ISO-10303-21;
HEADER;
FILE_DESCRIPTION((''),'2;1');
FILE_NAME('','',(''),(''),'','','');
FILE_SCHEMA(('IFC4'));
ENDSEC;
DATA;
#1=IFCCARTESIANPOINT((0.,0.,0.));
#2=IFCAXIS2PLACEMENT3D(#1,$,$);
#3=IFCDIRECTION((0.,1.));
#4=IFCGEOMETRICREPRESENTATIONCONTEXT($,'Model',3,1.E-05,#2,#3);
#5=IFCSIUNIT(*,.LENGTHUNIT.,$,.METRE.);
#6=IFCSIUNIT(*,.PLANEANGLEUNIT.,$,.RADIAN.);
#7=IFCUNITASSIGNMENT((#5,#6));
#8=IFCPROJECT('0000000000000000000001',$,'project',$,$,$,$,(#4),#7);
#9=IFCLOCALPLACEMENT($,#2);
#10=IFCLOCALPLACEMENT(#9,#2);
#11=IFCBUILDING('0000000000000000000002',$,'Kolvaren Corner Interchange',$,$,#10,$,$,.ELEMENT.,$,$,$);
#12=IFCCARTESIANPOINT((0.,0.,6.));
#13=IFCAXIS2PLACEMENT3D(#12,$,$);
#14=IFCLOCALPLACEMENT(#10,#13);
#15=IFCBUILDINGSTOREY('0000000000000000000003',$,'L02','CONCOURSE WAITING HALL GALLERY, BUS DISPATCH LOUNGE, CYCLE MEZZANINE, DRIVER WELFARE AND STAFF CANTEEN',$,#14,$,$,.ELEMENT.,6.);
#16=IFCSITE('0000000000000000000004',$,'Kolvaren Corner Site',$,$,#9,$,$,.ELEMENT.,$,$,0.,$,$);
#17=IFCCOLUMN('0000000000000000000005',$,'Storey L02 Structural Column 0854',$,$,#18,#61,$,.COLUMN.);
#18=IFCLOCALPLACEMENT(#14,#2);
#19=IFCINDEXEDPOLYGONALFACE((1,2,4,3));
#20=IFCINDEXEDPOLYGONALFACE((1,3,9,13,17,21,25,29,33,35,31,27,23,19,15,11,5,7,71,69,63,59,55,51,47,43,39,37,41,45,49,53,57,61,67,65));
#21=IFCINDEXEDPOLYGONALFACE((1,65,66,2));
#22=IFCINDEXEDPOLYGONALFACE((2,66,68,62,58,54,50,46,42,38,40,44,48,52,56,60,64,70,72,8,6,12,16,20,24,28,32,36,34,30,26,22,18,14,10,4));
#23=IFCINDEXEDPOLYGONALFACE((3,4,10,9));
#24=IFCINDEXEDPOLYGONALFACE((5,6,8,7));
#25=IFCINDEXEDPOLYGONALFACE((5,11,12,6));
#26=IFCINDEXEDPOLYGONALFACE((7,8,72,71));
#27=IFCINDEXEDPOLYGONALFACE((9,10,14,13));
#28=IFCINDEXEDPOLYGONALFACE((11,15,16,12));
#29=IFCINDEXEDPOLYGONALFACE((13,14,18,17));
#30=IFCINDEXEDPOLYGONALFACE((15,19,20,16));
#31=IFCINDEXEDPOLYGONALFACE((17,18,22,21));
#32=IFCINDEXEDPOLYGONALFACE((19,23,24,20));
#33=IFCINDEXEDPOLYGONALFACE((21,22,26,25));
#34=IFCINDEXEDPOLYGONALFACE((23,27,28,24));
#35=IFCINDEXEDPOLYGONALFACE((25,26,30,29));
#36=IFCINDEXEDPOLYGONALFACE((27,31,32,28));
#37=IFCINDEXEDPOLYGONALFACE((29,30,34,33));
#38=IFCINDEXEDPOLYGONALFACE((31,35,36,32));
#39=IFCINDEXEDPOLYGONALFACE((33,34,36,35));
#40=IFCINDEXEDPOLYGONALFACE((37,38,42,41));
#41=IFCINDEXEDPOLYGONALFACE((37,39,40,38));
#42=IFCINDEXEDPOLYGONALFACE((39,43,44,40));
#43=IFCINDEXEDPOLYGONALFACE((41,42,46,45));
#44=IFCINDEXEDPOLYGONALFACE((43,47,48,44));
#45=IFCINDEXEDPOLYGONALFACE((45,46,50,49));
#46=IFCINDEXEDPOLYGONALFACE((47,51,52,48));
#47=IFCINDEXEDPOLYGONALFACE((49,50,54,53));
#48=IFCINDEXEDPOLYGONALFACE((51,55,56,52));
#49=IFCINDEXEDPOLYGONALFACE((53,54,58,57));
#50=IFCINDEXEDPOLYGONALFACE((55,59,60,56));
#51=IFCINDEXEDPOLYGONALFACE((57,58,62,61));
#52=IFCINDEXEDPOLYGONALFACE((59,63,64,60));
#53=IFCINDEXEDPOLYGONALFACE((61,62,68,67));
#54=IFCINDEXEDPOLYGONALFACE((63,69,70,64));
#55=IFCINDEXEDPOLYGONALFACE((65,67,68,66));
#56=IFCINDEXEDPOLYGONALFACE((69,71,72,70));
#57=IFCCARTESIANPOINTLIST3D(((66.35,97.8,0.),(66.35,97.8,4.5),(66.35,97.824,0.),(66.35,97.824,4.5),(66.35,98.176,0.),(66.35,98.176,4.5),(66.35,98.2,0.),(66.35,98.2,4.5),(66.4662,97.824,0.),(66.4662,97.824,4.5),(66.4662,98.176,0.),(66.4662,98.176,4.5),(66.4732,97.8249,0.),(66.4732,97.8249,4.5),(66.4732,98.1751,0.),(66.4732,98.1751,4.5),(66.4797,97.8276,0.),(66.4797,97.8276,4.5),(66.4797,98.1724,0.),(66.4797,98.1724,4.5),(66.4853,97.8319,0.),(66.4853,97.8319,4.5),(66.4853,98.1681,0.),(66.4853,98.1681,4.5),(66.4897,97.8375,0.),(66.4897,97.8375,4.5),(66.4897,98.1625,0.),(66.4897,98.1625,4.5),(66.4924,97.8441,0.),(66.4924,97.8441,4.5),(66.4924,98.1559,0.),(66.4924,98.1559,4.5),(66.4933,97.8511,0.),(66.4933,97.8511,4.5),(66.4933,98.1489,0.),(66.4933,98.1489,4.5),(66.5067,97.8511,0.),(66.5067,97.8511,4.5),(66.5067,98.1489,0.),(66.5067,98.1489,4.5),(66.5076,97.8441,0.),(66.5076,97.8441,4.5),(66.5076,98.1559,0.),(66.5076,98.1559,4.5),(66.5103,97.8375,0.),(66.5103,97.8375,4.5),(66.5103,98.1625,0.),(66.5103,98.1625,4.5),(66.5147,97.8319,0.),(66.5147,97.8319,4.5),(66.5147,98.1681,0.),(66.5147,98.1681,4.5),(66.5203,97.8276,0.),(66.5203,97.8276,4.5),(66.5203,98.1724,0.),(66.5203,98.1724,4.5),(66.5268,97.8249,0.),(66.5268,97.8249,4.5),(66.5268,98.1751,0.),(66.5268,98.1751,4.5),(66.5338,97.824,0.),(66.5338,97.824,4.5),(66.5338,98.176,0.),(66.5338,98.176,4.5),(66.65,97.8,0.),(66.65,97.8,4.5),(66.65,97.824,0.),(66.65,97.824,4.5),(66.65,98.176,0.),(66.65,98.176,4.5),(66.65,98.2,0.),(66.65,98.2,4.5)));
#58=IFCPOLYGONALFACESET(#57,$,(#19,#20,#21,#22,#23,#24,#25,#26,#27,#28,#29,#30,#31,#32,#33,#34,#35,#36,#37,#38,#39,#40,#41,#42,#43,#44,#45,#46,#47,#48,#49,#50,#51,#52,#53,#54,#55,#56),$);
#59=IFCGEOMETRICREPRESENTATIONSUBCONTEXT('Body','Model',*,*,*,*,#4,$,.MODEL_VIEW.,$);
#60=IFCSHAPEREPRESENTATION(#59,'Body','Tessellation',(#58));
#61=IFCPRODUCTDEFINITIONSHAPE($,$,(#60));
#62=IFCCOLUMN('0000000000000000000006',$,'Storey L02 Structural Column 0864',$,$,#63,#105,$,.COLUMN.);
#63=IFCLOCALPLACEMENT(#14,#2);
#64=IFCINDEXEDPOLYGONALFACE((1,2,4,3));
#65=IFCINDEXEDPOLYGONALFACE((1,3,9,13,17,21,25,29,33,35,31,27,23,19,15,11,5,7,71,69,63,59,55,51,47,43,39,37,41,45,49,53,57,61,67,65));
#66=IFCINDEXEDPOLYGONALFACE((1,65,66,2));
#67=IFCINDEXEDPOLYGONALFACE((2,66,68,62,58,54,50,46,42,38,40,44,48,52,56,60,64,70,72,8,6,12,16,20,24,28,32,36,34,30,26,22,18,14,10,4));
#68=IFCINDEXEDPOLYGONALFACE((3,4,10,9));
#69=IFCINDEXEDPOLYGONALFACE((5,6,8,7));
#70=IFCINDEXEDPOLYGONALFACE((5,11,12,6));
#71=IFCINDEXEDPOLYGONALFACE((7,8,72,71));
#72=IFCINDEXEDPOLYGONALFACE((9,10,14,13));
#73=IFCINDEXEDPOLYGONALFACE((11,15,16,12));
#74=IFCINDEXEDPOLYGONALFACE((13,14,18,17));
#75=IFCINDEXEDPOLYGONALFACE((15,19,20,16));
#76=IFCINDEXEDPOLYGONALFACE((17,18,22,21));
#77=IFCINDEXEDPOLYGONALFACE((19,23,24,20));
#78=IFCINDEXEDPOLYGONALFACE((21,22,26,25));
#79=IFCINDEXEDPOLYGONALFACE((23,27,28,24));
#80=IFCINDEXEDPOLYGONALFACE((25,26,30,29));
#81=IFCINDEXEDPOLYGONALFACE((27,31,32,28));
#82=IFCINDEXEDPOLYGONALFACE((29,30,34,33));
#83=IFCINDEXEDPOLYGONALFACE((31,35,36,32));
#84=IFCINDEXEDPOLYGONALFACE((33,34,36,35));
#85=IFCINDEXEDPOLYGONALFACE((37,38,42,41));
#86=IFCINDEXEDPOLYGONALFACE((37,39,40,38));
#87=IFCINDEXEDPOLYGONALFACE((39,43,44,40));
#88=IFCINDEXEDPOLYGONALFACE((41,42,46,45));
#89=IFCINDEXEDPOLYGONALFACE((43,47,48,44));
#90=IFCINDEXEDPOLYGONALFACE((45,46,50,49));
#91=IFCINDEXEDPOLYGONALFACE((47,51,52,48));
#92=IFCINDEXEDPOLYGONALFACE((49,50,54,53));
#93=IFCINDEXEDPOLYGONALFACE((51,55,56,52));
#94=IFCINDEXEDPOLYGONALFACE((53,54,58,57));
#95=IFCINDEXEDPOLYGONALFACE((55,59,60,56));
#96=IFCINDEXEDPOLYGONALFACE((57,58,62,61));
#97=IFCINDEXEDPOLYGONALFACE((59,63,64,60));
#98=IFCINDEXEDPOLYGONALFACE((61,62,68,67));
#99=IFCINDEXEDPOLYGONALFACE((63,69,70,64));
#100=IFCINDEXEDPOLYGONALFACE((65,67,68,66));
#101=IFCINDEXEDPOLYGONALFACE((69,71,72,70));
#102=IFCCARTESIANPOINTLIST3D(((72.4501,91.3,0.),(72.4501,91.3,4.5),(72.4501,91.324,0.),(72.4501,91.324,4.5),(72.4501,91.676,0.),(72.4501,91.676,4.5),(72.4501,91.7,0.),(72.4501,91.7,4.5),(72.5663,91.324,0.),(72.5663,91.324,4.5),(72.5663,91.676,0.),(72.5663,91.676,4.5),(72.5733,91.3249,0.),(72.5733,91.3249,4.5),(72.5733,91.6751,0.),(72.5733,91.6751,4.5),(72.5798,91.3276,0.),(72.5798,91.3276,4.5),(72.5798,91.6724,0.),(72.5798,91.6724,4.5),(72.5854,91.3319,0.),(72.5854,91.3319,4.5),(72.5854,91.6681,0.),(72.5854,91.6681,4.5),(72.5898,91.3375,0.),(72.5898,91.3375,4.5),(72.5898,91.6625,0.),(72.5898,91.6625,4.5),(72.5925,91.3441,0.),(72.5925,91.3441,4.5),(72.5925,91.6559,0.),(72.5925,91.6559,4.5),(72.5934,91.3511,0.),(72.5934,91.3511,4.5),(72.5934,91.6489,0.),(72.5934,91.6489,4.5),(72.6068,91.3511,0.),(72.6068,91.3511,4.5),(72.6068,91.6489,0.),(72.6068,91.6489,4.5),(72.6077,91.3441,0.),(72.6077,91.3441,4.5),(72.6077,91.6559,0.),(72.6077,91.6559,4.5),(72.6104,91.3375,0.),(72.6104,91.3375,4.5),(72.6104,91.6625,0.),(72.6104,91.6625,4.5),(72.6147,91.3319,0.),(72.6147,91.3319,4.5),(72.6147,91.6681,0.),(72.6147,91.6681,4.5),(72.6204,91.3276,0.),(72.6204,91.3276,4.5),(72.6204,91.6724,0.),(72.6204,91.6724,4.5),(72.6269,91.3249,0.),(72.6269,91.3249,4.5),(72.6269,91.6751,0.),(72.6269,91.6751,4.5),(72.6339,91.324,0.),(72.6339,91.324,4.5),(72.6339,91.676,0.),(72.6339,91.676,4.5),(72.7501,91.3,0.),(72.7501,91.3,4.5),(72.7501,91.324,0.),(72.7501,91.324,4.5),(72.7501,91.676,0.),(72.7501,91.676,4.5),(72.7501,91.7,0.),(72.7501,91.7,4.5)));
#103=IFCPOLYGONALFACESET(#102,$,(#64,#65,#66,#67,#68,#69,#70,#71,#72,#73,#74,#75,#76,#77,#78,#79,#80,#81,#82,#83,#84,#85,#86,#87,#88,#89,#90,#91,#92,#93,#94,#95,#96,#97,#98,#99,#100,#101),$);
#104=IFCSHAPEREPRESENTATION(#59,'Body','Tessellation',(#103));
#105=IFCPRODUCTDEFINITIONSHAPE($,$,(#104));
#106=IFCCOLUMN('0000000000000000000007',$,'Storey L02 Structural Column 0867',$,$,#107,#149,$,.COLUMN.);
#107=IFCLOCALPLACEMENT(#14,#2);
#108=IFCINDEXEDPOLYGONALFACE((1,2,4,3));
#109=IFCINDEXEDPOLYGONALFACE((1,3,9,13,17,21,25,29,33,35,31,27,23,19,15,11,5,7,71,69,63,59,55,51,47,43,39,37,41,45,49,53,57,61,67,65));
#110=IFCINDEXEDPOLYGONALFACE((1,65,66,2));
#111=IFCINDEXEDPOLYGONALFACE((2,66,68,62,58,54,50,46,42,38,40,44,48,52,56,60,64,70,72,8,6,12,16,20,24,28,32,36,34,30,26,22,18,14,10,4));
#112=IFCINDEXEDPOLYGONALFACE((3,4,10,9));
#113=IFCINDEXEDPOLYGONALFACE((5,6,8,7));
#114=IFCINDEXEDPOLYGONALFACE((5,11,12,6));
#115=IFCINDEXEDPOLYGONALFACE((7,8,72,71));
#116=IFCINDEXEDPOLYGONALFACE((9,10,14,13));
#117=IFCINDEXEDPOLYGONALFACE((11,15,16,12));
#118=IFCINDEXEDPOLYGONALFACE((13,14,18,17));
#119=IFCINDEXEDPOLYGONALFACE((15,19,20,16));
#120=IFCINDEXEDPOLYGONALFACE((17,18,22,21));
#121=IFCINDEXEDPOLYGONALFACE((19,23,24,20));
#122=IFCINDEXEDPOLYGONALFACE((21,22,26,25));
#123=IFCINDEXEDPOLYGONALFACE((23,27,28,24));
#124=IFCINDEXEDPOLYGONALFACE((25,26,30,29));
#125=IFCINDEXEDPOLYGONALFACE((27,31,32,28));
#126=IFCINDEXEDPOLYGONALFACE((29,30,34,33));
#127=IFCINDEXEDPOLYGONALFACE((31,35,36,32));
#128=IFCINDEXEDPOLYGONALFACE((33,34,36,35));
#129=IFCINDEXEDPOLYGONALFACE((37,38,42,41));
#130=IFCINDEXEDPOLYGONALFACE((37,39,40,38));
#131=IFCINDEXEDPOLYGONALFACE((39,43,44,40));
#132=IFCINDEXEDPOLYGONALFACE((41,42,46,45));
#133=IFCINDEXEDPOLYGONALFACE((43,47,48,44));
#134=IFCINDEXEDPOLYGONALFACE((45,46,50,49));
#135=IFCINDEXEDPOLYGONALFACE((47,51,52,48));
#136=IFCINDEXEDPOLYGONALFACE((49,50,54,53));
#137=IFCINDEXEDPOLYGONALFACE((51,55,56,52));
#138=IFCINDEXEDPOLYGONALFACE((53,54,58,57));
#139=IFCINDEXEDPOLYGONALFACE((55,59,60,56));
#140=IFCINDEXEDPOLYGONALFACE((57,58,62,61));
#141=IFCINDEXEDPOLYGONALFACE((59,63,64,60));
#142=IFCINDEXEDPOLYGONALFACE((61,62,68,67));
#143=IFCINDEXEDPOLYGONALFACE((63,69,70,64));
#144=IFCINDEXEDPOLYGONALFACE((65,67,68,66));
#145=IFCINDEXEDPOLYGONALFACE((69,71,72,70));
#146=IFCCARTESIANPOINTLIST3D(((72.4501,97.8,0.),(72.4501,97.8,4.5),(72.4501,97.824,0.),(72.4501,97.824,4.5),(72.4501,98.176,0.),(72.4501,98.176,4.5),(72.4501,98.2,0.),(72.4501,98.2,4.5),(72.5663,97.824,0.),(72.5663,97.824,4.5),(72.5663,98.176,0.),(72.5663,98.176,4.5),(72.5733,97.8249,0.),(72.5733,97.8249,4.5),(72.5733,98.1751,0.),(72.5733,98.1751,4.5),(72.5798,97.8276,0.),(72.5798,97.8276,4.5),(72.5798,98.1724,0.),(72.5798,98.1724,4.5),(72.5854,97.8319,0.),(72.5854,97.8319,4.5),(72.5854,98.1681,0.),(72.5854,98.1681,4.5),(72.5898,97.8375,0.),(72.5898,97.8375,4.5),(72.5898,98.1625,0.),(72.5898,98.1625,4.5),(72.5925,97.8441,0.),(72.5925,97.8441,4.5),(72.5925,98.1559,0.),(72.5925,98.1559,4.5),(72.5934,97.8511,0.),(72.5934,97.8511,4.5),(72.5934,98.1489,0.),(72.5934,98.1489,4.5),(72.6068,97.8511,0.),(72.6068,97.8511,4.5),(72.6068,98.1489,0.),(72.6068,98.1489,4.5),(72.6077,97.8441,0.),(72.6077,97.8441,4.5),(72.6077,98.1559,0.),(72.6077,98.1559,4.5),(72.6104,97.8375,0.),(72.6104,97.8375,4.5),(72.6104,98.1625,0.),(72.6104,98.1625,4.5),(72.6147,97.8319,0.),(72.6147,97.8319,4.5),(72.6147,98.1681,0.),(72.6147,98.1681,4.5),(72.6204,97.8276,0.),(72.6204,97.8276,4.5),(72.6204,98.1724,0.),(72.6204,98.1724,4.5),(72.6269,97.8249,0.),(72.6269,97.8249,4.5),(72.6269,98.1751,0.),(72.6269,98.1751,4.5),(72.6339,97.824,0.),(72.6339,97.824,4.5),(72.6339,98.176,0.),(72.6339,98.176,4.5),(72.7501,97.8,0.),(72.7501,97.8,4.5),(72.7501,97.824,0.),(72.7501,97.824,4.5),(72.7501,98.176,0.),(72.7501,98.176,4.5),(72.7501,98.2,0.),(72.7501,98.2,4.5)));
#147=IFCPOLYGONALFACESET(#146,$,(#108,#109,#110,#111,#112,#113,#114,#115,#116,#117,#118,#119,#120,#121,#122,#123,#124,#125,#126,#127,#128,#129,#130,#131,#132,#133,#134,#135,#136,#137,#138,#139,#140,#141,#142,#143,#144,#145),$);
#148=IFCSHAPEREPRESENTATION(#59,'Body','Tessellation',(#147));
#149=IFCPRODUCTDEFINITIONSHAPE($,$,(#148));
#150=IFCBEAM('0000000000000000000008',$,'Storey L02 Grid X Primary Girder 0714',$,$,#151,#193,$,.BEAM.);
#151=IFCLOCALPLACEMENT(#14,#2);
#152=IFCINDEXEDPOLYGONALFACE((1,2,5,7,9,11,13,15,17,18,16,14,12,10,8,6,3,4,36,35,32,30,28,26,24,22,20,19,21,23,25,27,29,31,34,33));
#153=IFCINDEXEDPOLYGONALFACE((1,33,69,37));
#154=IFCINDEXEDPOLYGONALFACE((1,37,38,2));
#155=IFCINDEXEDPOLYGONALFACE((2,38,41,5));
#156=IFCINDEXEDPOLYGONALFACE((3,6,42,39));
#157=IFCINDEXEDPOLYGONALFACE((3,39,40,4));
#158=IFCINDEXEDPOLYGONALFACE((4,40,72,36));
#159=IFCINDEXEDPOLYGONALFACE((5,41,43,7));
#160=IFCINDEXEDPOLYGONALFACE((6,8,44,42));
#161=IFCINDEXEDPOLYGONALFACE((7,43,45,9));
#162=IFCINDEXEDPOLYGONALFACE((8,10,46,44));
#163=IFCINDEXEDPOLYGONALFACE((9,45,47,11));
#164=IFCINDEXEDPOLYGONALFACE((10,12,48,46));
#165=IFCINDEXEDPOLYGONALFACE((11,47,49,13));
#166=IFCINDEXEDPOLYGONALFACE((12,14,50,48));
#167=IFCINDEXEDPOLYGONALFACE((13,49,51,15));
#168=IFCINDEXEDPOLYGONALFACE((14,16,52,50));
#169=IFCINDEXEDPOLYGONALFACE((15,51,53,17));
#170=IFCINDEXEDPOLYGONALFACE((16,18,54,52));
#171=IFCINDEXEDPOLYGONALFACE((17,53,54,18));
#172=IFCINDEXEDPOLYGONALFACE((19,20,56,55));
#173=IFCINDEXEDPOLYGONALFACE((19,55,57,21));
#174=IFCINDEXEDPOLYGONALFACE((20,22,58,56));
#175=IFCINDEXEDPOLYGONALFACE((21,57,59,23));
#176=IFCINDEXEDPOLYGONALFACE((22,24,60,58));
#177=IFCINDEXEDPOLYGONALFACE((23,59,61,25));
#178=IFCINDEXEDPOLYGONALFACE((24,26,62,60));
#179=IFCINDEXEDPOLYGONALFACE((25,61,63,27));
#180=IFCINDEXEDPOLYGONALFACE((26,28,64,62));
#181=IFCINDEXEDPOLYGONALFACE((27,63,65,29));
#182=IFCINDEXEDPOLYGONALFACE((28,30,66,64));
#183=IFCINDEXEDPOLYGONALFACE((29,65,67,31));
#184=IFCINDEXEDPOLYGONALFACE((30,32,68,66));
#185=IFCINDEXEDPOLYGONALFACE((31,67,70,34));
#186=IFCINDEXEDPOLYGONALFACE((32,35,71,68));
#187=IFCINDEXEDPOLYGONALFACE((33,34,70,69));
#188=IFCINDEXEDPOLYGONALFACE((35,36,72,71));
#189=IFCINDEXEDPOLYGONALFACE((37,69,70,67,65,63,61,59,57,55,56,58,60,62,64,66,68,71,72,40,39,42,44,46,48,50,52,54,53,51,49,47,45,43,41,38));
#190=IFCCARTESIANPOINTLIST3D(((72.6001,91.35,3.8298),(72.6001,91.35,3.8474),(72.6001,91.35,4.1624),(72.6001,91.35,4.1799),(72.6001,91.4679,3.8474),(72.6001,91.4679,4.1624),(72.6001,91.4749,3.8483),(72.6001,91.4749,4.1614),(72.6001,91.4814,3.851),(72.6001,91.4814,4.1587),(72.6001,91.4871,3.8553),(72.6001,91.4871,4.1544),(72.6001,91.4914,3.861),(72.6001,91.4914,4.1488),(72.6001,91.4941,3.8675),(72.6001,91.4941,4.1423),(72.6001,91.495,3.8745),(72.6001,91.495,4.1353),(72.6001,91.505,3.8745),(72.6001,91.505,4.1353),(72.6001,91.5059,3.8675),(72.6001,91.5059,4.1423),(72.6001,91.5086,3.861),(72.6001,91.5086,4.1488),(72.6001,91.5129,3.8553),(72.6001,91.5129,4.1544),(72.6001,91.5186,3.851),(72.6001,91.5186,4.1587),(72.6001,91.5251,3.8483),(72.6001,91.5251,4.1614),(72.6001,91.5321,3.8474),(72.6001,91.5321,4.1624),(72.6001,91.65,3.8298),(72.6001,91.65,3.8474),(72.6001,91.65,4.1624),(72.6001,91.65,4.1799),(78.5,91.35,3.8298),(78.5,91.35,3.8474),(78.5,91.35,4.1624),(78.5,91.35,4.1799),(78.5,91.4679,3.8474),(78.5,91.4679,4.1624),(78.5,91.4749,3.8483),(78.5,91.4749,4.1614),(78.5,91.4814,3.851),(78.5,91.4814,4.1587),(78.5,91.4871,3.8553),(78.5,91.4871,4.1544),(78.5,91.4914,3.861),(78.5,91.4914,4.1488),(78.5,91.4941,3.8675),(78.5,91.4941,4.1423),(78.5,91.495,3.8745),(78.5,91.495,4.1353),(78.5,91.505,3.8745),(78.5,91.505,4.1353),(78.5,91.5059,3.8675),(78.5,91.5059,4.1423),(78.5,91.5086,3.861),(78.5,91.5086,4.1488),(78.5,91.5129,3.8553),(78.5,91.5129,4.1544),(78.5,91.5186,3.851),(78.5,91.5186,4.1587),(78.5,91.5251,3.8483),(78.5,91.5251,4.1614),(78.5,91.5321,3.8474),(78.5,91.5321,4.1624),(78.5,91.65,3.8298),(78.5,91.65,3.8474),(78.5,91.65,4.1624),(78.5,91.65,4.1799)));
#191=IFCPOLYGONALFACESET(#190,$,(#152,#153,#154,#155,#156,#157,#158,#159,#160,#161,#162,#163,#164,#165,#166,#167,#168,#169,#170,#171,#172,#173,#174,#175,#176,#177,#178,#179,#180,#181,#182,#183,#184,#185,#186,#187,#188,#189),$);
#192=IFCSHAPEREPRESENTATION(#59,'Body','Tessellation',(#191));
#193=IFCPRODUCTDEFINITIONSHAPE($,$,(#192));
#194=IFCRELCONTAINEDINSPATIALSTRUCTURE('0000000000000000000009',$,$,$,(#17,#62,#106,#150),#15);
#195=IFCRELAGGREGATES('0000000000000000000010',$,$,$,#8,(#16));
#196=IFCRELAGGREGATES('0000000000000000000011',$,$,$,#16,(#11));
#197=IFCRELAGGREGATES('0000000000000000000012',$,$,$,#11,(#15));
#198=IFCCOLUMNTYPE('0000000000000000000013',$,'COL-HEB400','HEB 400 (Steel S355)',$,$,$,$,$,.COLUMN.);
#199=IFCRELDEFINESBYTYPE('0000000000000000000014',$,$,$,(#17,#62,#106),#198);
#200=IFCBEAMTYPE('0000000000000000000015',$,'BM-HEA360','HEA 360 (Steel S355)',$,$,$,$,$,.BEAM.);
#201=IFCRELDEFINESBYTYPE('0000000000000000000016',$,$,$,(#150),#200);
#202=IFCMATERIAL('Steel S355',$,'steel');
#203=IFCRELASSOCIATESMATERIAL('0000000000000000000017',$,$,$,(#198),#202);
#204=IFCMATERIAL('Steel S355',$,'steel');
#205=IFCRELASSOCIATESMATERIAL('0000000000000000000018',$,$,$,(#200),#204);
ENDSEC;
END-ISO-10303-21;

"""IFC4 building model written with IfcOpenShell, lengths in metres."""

from ifc_helpers import new_model, si_unit, direction, frame, origin, origin_2d, place, context, subcontext, project, spatial, i_section, extrude, material, material_profile, profile_set, type_object, element, save


model = new_model("IFC4")

# Units and contexts
model_context = context("Model", 3, precision=1e-05, world=origin(), true_north=direction((0.0, 1.0)))
body_context = subcontext(model_context, "Body", "Model", "MODEL_VIEW")
ifc_project = project(units=[si_unit("LENGTHUNIT", "METRE"), si_unit("PLANEANGLEUNIT", "RADIAN")], contexts=[model_context])

# Site, building, storey
site_placement = place(None, origin())
site = spatial("IfcSite", under=ifc_project, at=site_placement, Name="Kolvaren Corner Site", CompositionType="ELEMENT", RefElevation=0.0)
building_placement = place(site_placement, origin())
building = spatial("IfcBuilding", under=site, at=building_placement, Name="Kolvaren Corner Interchange", CompositionType="ELEMENT")
storey_placement = place(building_placement, frame((0.0, 0.0, 6.0)))
storey = spatial("IfcBuildingStorey", under=building, at=storey_placement, Name="L02", Description="CONCOURSE WAITING HALL GALLERY, BUS DISPATCH LOUNGE, CYCLE MEZZANINE, DRIVER WELFARE AND STAFF CANTEEN", CompositionType="ELEMENT", Elevation=6.0)

# Columns
ifc_material_1 = material(Name="Steel S355", Category="steel")
ifc_material_profile_1 = material_profile(ifc_material_1, i_section(OverallWidth=0.3, OverallDepth=0.3999, WebThickness=0.0134, FlangeThickness=0.0239, FilletRadius=0.0271, at=origin_2d()), Name="HEB 400")
ifc_profile_set_1 = profile_set([ifc_material_profile_1], Name="Steel S355")
column_type = type_object("IfcColumnType", Name="COL-HEB400", Description="HEB 400 (Steel S355)", PredefinedType="COLUMN", material=ifc_profile_set_1)
for number, where, z_axis, x_axis, name in (
    (1, (66.5, 98.0, 0.0), (0.0, 0.0, 1.0), (1.0, 0.0, 0.0), "Storey L02 Structural Column 0854"),
    (2, (72.6001, 91.5, 0.0), (0.0, 0.0, 1.0), (1.0, 0.0, 0.0), "Storey L02 Structural Column 0864"),
    (3, (72.6001, 98.0, 0.0), (0.0, 0.0, 1.0), (1.0, 0.0, 0.0), "Storey L02 Structural Column 0867"),
):
    element("IfcColumn", number, at=place(storey_placement, frame(where, z_axis=z_axis, x_axis=x_axis)), inside=storey, type_object=column_type, Name=name, PredefinedType="COLUMN", context=body_context, shape_type="SweptSolid", body=[
        extrude(i_section(OverallWidth=0.3, OverallDepth=0.3999, WebThickness=0.0134, FlangeThickness=0.0239, FilletRadius=0.0271, at=origin_2d()), origin(), (0.0, 0.0, 1.0), 4.5),
    ])

# Beam
ifc_material_2 = material(Name="Steel S355", Category="steel")
ifc_material_profile_2 = material_profile(ifc_material_2, i_section(OverallWidth=0.3, OverallDepth=0.3501, WebThickness=0.01, FlangeThickness=0.0176, FilletRadius=0.0271, at=origin_2d()), Name="HEA 360")
ifc_profile_set_2 = profile_set([ifc_material_profile_2], Name="Steel S355")
beam_type_1 = type_object("IfcBeamType", Name="BM-HEA360", Description="HEA 360 (Steel S355)", PredefinedType="BEAM", material=ifc_profile_set_2)
beam_1_placement = place(storey_placement, frame((72.6001, 91.5, 4.0049), z_axis=(1.0, 0.0, 0.0), x_axis=(0.0, 1.0, 0.0)))
element("IfcBeam", 4, at=beam_1_placement, inside=storey, type_object=beam_type_1, Name="Storey L02 Grid X Primary Girder 0714", PredefinedType="BEAM", context=body_context, shape_type="SweptSolid", body=[
    extrude(i_section(OverallWidth=0.3, OverallDepth=0.3501, WebThickness=0.01, FlangeThickness=0.0176, FilletRadius=0.0271, at=origin_2d()), origin(), (0.0, 0.0, 1.0), 5.8999),
])

save(model, "model.ifc")
